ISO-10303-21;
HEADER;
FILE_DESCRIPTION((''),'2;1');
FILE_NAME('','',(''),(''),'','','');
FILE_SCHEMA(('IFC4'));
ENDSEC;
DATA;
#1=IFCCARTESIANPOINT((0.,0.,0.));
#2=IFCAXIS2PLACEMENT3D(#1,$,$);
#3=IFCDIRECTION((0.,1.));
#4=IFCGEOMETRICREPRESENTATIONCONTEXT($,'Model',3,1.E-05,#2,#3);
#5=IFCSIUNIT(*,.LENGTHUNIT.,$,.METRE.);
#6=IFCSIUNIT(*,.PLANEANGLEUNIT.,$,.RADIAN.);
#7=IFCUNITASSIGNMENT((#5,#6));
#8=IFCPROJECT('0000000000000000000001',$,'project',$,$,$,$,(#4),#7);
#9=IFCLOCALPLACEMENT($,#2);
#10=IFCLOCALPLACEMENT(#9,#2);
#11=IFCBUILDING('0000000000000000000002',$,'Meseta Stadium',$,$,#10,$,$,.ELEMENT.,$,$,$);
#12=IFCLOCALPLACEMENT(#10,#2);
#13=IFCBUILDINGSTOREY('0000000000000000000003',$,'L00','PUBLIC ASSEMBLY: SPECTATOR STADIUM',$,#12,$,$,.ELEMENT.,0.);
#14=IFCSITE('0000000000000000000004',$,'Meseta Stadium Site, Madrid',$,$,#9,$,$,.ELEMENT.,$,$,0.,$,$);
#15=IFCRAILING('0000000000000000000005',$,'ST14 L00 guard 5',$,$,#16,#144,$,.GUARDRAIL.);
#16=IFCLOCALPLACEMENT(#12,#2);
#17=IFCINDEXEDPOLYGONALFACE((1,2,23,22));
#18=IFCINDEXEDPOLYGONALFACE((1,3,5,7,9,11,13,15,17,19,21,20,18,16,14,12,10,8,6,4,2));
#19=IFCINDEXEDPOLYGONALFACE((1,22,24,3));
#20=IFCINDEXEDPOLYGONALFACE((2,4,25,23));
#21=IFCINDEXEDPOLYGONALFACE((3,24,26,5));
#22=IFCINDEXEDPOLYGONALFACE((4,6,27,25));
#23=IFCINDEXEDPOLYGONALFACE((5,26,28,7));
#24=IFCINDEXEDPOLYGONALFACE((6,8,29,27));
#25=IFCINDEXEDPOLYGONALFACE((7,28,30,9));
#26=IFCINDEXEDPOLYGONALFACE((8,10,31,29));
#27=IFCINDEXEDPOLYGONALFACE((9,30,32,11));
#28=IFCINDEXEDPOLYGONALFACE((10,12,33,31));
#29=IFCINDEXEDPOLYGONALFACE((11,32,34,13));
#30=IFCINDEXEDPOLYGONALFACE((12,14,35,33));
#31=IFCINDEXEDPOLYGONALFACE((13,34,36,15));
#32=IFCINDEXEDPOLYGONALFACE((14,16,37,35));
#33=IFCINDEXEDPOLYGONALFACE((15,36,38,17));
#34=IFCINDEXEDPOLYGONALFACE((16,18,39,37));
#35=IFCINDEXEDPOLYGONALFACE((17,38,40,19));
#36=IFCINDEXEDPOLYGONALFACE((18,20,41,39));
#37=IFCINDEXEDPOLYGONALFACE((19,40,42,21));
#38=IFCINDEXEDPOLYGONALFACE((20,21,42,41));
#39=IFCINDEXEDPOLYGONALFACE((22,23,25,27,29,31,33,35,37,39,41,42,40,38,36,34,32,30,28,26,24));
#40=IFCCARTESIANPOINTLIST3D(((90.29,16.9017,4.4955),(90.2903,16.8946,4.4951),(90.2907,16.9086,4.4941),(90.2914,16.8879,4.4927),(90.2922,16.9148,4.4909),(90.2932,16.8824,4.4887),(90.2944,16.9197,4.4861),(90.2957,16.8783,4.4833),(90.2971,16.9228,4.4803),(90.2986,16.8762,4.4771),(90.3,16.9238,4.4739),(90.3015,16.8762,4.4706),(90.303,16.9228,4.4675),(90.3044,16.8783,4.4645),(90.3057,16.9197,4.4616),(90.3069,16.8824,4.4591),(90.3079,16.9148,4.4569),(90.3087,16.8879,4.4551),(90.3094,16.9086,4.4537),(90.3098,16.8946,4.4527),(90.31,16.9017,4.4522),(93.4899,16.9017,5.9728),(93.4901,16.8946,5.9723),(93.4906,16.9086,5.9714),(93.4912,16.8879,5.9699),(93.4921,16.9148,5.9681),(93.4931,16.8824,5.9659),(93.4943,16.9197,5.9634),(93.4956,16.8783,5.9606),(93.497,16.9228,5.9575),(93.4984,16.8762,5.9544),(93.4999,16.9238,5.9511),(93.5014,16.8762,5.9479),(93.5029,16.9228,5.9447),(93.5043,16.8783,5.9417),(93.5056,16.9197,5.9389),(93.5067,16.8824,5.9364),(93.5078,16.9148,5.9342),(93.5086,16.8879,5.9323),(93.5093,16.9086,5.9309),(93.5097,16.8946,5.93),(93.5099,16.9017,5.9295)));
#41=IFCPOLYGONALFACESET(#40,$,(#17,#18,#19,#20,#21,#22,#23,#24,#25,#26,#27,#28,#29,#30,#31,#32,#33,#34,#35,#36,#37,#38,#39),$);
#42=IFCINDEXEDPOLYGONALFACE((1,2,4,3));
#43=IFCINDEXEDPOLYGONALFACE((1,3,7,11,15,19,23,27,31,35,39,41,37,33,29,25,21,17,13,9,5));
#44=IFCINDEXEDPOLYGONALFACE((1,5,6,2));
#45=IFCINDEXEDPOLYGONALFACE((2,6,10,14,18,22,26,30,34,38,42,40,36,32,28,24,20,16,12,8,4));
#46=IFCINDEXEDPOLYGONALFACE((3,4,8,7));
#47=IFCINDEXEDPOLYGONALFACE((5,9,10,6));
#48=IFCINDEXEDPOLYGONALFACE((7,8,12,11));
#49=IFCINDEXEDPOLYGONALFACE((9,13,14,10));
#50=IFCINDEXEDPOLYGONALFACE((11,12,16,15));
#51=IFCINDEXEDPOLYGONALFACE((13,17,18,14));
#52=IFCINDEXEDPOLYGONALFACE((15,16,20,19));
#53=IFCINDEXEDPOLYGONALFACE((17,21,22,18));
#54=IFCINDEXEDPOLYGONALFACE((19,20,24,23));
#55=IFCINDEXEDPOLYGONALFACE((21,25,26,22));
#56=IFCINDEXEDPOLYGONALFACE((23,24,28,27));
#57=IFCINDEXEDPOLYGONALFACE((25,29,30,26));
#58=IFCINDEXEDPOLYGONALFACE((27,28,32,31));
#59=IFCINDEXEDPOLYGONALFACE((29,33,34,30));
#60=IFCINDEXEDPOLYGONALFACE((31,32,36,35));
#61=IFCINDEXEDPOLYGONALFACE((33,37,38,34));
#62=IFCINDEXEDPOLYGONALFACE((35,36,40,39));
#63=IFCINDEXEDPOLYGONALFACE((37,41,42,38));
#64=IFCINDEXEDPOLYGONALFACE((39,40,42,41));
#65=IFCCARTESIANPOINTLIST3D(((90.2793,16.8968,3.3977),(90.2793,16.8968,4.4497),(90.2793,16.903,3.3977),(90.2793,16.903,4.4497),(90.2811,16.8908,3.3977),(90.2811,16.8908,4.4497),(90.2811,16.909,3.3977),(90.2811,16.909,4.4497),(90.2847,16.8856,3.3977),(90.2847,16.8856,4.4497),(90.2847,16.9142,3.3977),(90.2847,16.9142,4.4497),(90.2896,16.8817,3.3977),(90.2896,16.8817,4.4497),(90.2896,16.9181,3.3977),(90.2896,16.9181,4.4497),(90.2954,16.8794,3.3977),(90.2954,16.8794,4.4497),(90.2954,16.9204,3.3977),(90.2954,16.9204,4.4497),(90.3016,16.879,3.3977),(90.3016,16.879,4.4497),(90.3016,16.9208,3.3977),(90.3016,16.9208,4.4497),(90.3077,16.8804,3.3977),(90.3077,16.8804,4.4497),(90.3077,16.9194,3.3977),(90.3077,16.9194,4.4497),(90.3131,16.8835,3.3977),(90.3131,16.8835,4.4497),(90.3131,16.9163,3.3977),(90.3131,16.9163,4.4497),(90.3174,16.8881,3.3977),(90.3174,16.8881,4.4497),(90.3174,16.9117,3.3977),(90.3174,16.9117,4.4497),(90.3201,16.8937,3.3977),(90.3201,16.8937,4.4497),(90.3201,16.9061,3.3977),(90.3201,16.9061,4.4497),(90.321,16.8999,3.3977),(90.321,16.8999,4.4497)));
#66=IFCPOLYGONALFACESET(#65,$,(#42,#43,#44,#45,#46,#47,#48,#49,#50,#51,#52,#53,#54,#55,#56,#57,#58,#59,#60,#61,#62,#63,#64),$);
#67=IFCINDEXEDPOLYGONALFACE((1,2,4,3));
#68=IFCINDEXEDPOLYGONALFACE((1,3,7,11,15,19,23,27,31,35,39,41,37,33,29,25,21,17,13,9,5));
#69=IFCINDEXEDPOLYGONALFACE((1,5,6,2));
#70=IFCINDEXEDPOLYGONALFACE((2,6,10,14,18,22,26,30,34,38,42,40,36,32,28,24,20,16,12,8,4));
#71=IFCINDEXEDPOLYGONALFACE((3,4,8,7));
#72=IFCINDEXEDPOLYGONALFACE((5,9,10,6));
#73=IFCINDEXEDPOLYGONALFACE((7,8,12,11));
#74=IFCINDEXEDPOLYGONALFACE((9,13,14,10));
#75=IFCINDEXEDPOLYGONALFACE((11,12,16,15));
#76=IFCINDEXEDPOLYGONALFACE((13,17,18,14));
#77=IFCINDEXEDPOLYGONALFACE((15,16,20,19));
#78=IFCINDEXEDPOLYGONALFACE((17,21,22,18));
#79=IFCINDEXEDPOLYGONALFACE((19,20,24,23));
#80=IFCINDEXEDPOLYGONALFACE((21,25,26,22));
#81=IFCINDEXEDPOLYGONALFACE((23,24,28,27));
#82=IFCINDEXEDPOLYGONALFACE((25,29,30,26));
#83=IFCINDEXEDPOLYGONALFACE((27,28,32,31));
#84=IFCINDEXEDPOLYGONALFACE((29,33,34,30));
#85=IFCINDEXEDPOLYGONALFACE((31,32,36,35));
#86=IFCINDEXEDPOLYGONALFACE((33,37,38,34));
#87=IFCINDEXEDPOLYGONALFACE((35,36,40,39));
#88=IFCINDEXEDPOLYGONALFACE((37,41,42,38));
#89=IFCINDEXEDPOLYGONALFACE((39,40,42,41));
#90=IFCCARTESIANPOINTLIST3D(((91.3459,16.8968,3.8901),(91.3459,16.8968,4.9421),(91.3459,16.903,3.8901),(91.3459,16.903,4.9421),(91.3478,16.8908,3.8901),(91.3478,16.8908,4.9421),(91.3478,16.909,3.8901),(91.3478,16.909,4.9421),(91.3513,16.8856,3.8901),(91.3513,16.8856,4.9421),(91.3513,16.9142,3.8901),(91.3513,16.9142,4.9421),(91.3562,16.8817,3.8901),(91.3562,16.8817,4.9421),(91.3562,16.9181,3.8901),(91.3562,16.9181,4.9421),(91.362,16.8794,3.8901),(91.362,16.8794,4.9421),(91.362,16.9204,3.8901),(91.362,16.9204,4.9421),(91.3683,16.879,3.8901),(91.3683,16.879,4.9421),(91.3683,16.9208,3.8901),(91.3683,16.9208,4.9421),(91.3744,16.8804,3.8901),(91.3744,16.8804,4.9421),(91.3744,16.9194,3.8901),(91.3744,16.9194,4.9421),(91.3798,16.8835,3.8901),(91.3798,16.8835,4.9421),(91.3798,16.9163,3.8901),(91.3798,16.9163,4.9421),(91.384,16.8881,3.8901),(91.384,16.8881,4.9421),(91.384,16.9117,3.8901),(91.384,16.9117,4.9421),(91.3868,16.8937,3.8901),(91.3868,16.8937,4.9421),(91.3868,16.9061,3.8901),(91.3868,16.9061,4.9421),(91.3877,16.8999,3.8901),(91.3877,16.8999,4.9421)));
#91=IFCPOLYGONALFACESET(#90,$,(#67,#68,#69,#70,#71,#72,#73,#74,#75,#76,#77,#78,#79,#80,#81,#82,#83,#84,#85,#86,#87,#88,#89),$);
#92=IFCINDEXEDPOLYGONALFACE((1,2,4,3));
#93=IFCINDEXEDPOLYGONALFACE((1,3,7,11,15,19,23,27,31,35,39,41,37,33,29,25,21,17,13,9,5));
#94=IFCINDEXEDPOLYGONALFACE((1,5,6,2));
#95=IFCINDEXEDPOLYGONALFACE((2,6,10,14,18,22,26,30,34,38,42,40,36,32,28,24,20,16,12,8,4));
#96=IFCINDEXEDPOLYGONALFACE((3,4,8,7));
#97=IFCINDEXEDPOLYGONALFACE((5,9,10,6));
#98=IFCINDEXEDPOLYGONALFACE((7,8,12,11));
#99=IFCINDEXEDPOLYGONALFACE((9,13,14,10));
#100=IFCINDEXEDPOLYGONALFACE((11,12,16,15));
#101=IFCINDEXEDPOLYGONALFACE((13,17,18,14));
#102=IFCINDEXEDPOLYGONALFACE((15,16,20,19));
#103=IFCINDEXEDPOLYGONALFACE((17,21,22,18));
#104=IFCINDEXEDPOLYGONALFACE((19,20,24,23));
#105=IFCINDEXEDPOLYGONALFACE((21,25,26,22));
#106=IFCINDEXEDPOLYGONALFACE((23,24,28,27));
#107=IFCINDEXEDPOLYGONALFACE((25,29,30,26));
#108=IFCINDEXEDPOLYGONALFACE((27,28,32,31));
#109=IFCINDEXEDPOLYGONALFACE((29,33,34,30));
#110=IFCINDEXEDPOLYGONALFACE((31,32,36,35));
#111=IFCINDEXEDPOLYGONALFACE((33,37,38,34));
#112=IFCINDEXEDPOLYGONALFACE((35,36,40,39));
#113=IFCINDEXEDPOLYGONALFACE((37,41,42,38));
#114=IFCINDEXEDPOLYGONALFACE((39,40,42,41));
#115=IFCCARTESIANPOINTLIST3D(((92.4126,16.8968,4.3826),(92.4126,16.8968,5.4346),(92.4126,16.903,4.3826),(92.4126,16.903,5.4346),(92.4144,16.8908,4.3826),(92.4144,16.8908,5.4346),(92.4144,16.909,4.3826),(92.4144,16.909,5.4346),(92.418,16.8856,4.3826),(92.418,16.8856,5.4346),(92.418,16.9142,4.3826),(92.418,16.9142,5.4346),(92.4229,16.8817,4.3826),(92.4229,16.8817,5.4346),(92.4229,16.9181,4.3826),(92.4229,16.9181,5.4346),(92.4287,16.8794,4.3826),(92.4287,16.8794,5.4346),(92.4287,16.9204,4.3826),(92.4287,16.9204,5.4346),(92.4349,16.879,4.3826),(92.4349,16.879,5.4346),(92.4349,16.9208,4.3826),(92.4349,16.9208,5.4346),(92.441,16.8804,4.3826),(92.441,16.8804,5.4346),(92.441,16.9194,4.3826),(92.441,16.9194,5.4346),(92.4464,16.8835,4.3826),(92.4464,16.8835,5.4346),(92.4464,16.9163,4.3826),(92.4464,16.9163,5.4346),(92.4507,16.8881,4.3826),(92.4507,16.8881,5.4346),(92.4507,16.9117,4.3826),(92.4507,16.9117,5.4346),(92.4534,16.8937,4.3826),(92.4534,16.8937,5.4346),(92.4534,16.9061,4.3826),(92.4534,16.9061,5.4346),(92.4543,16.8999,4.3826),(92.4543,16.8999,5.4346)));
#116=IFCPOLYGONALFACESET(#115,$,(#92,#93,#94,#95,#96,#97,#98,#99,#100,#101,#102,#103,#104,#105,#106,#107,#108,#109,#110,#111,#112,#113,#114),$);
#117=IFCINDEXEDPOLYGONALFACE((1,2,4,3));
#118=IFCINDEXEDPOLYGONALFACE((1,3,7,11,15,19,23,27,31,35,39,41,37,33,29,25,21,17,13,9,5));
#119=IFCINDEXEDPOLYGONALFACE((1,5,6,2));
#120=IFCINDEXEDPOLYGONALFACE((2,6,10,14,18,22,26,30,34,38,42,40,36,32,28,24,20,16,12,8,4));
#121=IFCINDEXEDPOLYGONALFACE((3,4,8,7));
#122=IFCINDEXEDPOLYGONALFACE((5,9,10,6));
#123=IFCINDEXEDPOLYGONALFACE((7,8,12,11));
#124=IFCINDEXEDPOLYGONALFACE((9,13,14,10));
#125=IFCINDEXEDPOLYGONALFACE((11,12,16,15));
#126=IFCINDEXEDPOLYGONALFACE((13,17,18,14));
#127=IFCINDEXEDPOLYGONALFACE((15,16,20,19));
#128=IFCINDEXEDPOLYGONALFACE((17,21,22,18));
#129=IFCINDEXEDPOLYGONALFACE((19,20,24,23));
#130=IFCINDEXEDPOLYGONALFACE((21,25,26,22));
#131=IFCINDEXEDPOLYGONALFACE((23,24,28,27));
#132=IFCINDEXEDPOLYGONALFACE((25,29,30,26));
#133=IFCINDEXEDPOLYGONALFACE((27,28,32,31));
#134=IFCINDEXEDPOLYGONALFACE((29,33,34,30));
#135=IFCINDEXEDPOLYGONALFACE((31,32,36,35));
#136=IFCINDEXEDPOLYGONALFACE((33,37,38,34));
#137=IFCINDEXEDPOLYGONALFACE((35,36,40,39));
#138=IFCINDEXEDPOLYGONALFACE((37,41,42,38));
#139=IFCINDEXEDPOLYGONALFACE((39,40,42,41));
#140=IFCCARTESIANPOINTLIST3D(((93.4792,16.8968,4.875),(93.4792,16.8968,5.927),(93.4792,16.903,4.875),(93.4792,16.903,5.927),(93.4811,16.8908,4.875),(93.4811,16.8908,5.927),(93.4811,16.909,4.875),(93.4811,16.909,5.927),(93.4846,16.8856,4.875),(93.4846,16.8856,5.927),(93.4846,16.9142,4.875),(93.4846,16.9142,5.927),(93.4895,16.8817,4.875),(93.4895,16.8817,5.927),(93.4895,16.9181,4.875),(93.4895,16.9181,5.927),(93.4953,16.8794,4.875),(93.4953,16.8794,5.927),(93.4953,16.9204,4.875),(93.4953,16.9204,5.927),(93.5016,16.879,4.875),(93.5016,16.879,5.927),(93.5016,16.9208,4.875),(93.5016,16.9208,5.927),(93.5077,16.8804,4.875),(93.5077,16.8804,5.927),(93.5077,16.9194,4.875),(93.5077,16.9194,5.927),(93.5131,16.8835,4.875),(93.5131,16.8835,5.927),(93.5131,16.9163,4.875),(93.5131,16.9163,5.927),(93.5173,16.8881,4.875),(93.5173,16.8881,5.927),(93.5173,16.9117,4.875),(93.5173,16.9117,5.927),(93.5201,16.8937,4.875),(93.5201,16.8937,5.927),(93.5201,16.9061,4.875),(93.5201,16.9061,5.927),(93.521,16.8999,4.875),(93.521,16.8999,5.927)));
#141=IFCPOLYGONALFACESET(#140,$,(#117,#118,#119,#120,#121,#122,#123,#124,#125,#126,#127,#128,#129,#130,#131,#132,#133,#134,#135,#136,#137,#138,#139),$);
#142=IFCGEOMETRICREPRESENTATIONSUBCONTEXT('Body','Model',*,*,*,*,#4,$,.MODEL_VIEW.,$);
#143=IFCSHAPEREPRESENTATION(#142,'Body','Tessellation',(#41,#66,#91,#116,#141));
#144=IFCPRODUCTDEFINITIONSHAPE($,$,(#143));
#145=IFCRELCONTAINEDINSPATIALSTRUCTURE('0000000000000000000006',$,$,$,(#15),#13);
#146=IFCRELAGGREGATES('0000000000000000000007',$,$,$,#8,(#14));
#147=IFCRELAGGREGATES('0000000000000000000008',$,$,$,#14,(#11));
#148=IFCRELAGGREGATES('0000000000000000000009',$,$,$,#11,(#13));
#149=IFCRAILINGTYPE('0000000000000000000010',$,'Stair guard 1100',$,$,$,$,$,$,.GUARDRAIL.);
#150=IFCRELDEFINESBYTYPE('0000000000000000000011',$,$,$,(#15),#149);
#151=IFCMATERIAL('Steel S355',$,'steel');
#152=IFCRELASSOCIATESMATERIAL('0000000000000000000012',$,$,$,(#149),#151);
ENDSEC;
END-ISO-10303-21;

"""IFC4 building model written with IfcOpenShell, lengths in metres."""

from ifc_helpers import new_model, si_unit, direction, frame, origin, origin_2d, place, context, subcontext, project, spatial, circle, extrude, material, type_object, element, save


model = new_model("IFC4")

# Units and contexts
model_context = context("Model", 3, precision=1e-05, world=origin(), true_north=direction((0.0, 1.0)))
body_context = subcontext(model_context, "Body", "Model", "MODEL_VIEW")
ifc_project = project(units=[si_unit("LENGTHUNIT", "METRE"), si_unit("PLANEANGLEUNIT", "RADIAN")], contexts=[model_context])

# Site, building, storey
site_placement = place(None, origin())
site = spatial("IfcSite", under=ifc_project, at=site_placement, Name="Meseta Stadium Site, Madrid", CompositionType="ELEMENT", RefElevation=0.0)
building_placement = place(site_placement, origin())
building = spatial("IfcBuilding", under=site, at=building_placement, Name="Meseta Stadium", CompositionType="ELEMENT")
storey_placement = place(building_placement, origin())
storey = spatial("IfcBuildingStorey", under=building, at=storey_placement, Name="L00", Description="PUBLIC ASSEMBLY: SPECTATOR STADIUM", CompositionType="ELEMENT", Elevation=0.0)

# Railing
ifc_material_1 = material(Name="Steel S355", Category="steel")
railing_type_1 = type_object("IfcRailingType", Name="Stair guard 1100", PredefinedType="GUARDRAIL", material=ifc_material_1)
railing_1_placement = place(storey_placement, frame((90.3, 16.8999, 3.3977)))
element("IfcRailing", 1, at=railing_1_placement, inside=storey, type_object=railing_type_1, Name="ST14 L00 guard 5", PredefinedType="GUARDRAIL", context=body_context, shape_type="SweptSolid", body=[
    extrude(circle(Radius=0.0239, at=origin_2d()), frame((0.0, 0.0, 1.0762), z_axis=(0.907917, 0.0, 0.41915), x_axis=(0.0, 1.0, 0.0)), (0.0, 0.0, 1.0), 3.5244),
    extrude(circle(Radius=0.021, at=origin_2d()), origin(), (0.0, 0.0, 1.0), 1.052),
    extrude(circle(Radius=0.021, at=origin_2d()), frame((1.0667, 0.0, 0.4924)), (0.0, 0.0, 1.0), 1.052),
    extrude(circle(Radius=0.021, at=origin_2d()), frame((2.1333, 0.0, 0.9849)), (0.0, 0.0, 1.0), 1.052),
    extrude(circle(Radius=0.021, at=origin_2d()), frame((3.2, 0.0, 1.4773)), (0.0, 0.0, 1.0), 1.052),
])

save(model, "model.ifc")
